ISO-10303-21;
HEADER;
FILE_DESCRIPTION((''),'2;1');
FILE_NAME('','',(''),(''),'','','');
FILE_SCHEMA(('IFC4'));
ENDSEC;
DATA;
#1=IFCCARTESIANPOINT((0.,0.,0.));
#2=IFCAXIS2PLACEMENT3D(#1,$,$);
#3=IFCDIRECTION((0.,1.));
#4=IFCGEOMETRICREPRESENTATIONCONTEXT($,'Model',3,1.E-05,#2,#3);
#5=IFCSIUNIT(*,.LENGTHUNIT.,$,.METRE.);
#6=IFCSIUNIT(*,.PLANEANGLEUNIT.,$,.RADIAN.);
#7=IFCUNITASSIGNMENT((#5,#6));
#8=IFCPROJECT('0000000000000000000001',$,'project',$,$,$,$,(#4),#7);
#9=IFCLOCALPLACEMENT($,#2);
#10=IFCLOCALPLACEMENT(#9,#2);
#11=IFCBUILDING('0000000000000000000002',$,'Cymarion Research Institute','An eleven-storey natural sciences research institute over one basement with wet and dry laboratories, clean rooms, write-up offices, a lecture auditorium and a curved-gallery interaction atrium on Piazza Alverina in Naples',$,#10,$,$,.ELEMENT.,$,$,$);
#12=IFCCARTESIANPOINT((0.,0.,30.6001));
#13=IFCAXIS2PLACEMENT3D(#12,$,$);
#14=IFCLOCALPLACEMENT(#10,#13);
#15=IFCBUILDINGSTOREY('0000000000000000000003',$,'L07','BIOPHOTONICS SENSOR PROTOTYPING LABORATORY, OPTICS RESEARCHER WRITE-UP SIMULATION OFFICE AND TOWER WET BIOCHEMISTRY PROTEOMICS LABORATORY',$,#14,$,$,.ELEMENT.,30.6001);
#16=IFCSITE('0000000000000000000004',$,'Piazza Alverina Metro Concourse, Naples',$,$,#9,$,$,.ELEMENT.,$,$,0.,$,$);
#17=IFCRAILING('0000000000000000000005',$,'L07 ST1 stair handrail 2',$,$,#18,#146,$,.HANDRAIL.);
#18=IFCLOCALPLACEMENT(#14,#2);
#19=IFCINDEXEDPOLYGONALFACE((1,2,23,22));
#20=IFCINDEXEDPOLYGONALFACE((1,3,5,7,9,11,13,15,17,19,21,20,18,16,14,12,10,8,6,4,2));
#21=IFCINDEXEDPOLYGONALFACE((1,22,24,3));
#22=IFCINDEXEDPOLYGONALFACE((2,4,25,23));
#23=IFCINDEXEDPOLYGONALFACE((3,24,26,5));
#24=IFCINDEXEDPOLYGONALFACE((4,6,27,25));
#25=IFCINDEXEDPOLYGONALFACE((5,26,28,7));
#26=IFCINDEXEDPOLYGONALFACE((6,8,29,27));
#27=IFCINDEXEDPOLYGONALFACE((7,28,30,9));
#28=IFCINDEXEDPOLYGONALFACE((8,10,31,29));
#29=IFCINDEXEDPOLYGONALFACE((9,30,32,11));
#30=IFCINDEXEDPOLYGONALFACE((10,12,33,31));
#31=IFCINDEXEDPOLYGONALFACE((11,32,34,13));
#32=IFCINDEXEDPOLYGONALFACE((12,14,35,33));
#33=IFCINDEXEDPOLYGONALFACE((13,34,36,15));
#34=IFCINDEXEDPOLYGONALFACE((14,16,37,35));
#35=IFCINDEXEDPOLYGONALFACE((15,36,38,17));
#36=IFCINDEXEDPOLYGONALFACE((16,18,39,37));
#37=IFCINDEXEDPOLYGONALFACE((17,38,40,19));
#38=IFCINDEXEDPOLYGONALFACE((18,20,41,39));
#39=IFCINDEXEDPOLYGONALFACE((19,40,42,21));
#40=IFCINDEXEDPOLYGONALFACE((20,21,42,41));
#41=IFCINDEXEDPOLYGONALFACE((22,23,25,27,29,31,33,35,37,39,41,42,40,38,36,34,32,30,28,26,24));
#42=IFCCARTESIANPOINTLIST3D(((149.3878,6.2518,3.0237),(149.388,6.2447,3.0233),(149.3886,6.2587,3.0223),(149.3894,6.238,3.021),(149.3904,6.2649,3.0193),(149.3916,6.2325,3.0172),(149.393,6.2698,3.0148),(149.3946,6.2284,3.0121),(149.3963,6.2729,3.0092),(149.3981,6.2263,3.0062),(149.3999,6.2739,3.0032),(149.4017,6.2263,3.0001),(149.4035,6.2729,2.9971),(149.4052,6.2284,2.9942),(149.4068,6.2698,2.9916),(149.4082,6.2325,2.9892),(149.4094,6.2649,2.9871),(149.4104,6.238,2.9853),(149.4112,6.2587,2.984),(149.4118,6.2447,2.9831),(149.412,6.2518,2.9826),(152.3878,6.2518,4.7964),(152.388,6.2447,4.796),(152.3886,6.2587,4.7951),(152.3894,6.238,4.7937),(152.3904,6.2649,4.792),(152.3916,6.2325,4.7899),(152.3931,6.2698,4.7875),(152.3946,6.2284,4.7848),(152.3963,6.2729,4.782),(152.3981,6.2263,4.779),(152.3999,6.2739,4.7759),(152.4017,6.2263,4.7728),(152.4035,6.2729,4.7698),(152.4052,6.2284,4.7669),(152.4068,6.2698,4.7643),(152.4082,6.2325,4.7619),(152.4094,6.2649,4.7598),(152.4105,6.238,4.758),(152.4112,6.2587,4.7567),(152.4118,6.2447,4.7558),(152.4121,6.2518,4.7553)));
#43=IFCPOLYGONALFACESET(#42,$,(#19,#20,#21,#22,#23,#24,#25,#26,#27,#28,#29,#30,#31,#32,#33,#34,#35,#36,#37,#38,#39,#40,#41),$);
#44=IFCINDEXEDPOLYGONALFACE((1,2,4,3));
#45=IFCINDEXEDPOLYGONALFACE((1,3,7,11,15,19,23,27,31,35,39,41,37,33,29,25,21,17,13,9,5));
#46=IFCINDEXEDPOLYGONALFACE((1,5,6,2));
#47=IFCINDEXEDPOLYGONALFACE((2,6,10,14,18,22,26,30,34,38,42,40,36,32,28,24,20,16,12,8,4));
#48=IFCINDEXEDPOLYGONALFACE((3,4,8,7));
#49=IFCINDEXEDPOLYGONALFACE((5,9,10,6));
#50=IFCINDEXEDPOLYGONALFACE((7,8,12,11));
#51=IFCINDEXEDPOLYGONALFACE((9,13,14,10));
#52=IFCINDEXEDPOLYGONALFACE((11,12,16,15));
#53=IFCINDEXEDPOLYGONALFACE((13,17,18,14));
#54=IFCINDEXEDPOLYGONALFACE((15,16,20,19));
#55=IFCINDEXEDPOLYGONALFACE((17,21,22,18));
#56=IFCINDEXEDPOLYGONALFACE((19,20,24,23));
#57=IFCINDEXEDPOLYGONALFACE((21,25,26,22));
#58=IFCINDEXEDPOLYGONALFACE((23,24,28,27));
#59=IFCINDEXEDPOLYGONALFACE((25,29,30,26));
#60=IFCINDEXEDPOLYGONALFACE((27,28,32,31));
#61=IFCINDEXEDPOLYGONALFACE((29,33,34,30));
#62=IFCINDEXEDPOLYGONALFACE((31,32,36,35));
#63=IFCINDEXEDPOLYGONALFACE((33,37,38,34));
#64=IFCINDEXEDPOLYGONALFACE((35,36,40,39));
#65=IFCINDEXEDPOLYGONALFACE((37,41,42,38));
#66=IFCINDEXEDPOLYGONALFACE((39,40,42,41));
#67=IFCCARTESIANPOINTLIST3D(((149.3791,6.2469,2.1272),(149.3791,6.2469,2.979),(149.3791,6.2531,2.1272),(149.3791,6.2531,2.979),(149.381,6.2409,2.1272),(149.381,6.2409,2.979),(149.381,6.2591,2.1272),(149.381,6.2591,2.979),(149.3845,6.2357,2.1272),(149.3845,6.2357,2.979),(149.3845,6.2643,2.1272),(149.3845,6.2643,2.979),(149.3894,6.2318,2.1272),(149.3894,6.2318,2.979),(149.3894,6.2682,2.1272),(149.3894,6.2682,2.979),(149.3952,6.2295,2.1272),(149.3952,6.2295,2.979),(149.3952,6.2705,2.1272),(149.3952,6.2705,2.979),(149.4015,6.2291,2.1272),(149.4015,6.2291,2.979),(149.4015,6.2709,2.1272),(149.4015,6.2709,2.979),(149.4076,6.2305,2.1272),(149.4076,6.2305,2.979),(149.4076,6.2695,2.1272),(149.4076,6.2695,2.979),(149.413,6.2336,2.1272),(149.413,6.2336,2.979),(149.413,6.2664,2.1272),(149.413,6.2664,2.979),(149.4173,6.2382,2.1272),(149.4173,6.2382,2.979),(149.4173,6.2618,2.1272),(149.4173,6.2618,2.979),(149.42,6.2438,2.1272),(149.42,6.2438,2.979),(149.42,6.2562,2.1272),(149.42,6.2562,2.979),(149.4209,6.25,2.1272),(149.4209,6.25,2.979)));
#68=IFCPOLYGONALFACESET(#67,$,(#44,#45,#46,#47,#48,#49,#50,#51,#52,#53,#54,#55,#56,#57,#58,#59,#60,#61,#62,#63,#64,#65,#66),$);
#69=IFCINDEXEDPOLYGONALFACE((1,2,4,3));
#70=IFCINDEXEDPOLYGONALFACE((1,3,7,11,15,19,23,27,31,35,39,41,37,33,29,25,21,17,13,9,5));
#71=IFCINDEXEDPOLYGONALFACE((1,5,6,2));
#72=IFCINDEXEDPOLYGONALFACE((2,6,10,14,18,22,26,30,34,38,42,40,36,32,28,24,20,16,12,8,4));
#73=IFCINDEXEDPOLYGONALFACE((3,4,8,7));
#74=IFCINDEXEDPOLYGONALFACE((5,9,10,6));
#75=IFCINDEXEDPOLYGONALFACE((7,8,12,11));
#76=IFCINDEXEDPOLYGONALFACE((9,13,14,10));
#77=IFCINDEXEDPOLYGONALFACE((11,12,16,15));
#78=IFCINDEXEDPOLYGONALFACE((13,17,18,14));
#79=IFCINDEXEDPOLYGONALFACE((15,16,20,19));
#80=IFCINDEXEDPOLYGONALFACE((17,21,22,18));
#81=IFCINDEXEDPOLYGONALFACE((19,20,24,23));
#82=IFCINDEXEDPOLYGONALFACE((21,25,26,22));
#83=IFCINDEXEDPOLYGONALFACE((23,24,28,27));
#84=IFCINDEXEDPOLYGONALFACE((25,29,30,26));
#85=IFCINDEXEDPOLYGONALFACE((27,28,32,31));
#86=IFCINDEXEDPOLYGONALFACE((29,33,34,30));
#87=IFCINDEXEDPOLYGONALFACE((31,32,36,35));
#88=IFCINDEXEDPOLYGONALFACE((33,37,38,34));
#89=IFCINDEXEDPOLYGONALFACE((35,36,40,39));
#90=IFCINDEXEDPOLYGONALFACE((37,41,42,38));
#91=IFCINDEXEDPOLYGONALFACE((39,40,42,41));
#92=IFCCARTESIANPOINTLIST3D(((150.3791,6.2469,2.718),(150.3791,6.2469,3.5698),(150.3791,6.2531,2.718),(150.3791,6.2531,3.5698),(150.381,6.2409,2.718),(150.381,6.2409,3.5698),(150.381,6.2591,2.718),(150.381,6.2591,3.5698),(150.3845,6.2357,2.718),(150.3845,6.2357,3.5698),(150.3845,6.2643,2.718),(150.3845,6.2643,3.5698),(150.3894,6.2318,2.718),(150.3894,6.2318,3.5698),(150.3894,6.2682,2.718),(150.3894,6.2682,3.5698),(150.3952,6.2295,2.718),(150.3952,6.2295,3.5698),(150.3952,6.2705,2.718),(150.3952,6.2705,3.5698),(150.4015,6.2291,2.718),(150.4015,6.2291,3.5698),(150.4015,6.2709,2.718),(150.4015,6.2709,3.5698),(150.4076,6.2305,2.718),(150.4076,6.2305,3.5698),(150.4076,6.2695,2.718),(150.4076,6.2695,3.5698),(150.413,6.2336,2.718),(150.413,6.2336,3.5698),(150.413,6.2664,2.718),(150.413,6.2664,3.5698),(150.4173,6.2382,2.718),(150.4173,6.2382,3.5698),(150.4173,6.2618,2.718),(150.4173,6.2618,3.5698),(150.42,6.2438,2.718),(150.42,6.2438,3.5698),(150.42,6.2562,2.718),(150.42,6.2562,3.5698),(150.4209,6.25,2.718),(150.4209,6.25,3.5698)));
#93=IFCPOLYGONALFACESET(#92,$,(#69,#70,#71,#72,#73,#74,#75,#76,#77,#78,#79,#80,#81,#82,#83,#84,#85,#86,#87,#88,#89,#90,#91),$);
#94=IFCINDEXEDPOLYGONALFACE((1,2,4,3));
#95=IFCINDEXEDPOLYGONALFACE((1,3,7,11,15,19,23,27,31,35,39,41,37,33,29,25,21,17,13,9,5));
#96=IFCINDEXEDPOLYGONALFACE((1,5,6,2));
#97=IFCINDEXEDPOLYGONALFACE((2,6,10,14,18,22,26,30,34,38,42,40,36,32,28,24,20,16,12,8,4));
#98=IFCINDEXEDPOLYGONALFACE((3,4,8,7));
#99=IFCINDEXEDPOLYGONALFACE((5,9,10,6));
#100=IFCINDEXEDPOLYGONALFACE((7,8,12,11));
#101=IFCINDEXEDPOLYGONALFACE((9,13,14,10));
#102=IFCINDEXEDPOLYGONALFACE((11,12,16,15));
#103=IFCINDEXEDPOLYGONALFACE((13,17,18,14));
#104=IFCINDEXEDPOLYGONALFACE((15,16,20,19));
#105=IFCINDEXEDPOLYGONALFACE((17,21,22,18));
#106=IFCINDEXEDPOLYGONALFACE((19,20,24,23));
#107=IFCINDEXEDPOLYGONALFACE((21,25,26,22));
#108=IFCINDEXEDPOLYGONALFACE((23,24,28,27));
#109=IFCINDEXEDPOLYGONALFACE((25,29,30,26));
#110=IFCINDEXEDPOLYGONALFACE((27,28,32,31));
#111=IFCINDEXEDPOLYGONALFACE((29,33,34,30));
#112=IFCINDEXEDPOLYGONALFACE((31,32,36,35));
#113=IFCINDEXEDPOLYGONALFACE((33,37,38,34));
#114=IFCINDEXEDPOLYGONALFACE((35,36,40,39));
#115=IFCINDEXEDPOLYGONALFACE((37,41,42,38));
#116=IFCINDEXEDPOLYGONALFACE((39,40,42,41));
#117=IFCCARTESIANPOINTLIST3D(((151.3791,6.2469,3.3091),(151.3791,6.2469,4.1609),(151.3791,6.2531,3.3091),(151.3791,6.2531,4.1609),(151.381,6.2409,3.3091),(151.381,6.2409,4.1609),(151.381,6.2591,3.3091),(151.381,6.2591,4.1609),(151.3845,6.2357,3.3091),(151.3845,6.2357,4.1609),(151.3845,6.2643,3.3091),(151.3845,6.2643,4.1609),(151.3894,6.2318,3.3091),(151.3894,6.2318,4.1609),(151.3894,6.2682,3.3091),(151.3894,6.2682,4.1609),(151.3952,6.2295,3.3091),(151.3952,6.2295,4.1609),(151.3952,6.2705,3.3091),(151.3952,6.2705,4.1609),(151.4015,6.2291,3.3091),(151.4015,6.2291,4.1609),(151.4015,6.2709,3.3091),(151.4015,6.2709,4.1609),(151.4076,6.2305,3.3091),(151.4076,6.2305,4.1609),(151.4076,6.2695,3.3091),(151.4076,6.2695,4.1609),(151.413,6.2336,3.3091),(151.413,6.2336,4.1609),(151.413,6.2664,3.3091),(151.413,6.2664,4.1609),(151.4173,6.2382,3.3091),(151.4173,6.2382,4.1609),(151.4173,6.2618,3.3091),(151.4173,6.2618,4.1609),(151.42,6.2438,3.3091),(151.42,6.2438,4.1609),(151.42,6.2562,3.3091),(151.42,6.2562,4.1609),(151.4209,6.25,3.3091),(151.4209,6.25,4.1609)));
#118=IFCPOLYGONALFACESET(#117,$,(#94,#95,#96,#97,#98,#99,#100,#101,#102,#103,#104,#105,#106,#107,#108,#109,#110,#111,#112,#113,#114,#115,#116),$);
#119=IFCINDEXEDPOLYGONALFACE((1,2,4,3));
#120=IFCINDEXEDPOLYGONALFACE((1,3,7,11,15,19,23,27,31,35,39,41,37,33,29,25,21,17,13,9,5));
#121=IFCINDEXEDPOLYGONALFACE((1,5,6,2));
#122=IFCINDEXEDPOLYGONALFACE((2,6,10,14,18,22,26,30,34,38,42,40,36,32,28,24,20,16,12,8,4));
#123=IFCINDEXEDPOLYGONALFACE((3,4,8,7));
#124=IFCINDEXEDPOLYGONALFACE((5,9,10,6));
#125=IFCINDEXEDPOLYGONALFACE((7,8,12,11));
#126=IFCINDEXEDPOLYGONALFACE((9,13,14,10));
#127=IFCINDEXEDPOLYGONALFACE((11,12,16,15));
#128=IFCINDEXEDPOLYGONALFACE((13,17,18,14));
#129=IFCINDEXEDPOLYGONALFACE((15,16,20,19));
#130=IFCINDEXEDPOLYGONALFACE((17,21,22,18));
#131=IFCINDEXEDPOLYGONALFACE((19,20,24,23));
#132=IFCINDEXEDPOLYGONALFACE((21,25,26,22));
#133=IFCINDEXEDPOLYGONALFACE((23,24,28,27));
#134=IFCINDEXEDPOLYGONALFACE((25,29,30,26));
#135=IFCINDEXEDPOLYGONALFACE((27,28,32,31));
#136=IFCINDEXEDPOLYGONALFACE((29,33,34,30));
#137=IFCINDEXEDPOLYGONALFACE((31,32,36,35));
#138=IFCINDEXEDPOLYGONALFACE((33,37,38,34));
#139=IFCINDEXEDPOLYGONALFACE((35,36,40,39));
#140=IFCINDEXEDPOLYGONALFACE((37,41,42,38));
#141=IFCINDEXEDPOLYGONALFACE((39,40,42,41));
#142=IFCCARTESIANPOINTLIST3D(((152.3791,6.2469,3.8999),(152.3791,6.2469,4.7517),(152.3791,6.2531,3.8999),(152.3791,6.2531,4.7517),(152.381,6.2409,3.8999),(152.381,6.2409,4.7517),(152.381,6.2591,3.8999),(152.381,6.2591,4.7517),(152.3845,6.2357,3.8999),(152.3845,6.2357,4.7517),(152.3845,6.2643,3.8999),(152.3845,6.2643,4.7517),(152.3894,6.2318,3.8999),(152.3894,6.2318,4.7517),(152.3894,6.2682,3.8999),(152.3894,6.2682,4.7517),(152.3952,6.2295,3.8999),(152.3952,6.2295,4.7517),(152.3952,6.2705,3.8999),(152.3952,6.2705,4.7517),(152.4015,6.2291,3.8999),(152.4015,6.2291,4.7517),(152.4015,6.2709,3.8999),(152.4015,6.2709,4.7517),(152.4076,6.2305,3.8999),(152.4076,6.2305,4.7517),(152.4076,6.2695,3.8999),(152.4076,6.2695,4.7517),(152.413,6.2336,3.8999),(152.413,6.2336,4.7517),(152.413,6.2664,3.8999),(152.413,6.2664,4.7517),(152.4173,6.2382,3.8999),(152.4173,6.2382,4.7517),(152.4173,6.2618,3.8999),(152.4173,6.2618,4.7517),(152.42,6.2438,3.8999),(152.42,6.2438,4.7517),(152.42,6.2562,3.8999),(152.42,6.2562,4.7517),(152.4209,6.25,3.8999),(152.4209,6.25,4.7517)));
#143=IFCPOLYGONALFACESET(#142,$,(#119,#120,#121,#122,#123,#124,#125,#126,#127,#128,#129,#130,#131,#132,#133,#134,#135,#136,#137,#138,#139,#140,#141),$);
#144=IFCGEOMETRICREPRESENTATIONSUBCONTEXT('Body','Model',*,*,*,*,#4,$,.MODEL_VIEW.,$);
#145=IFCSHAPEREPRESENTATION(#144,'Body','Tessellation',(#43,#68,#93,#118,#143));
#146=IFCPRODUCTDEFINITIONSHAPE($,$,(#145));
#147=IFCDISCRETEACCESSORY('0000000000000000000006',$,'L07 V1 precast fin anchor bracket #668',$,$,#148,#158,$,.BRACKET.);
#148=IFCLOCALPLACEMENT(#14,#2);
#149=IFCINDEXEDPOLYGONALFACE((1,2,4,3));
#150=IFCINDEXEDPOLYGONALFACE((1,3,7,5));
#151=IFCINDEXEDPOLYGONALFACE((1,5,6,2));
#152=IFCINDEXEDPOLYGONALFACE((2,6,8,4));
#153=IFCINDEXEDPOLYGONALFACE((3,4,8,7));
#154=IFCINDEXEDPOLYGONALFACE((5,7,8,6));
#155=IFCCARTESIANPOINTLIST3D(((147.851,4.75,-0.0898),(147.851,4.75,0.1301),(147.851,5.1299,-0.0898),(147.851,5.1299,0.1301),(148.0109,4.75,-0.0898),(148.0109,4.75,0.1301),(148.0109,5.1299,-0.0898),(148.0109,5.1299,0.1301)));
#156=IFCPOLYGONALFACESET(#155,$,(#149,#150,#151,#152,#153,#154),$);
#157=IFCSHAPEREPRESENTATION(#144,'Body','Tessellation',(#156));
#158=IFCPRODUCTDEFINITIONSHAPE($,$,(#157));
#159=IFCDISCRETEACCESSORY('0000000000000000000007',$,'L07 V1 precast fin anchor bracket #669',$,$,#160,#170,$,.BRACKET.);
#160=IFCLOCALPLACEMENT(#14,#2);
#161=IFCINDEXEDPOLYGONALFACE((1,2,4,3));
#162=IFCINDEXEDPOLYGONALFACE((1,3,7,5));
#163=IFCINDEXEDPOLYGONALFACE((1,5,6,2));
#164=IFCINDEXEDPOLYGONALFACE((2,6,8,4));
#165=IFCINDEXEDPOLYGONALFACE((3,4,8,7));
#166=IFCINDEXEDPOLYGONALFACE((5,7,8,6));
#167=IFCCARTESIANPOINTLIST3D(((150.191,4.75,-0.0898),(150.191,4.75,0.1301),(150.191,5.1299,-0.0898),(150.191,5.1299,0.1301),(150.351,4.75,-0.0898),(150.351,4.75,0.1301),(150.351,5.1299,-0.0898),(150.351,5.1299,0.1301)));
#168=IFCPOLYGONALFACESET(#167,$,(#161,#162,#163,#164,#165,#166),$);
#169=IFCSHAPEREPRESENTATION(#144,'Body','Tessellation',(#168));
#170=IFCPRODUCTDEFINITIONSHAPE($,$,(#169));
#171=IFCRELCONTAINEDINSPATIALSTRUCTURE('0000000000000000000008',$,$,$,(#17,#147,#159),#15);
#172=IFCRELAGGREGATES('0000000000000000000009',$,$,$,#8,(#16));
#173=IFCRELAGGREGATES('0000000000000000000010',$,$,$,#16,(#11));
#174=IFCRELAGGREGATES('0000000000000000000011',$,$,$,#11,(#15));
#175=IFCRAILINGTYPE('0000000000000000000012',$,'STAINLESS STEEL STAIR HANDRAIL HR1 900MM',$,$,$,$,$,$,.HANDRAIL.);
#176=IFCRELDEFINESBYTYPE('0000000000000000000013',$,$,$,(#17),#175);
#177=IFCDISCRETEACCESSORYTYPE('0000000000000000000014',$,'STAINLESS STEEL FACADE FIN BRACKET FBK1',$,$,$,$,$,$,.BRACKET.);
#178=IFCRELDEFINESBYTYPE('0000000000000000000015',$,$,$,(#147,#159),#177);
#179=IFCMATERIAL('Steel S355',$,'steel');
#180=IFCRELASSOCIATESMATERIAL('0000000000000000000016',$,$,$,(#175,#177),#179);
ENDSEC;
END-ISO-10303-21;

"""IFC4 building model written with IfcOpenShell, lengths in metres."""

from ifc_helpers import new_model, si_unit, direction, frame, origin, origin_2d, place, context, subcontext, project, spatial, rectangle, circle, extrude, material, type_object, element, save


model = new_model("IFC4")

# Units and contexts
model_context = context("Model", 3, precision=1e-05, world=origin(), true_north=direction((0.0, 1.0)))
body_context = subcontext(model_context, "Body", "Model", "MODEL_VIEW")
ifc_project = project(units=[si_unit("LENGTHUNIT", "METRE"), si_unit("PLANEANGLEUNIT", "RADIAN")], contexts=[model_context])

# Site, building, storey
site_placement = place(None, origin())
site = spatial("IfcSite", under=ifc_project, at=site_placement, Name="Piazza Alverina Metro Concourse, Naples", CompositionType="ELEMENT", RefElevation=0.0)
building_placement = place(site_placement, origin())
building = spatial("IfcBuilding", under=site, at=building_placement, Name="Cymarion Research Institute", Description="An eleven-storey natural sciences research institute over one basement with wet and dry laboratories, clean rooms, write-up offices, a lecture auditorium and a curved-gallery interaction atrium on Piazza Alverina in Naples", CompositionType="ELEMENT")
storey_placement = place(building_placement, frame((0.0, 0.0, 30.6001)))
storey = spatial("IfcBuildingStorey", under=building, at=storey_placement, Name="L07", Description="BIOPHOTONICS SENSOR PROTOTYPING LABORATORY, OPTICS RESEARCHER WRITE-UP SIMULATION OFFICE AND TOWER WET BIOCHEMISTRY PROTEOMICS LABORATORY", CompositionType="ELEMENT", Elevation=30.6001)

# Shared definitions
ifc_material_1 = material(Name="Steel S355", Category="steel")

# Railing
railing_type_1 = type_object("IfcRailingType", Name="STAINLESS STEEL STAIR HANDRAIL HR1 900MM", PredefinedType="HANDRAIL", material=ifc_material_1)
railing_1_placement = place(storey_placement, frame((149.3999, 6.25, 2.1272)))
element("IfcRailing", 1, at=railing_1_placement, inside=storey, type_object=railing_type_1, Name="L07 ST1 stair handrail 2", PredefinedType="HANDRAIL", context=body_context, shape_type="SweptSolid", body=[
    extrude(circle(Radius=0.0239, at=origin_2d()), frame((0.0, 0.0, 0.876), z_axis=(0.860929, 0.0, 0.508725), x_axis=(0.0, 1.0, 0.0)), (0.0, 0.0, 1.0), 3.4846),
    extrude(circle(Radius=0.021, at=origin_2d()), origin(), (0.0, 0.0, 1.0), 0.8518),
    extrude(circle(Radius=0.021, at=origin_2d()), frame((1.0, 0.0, 0.5908)), (0.0, 0.0, 1.0), 0.8518),
    extrude(circle(Radius=0.021, at=origin_2d()), frame((2.0, 0.0, 1.1819)), (0.0, 0.0, 1.0), 0.8518),
    extrude(circle(Radius=0.021, at=origin_2d()), frame((3.0, 0.0, 1.7727)), (0.0, 0.0, 1.0), 0.8518),
])

# Discrete accessories
discrete_accessory_type = type_object("IfcDiscreteAccessoryType", Name="STAINLESS STEEL FACADE FIN BRACKET FBK1", PredefinedType="BRACKET", material=ifc_material_1)
for number, where, z_axis, x_axis, name in (
    (2, (147.9309, 4.9399, -0.0898), (0.0, 0.0, 1.0), (0.0, -1.0, 0.0), "L07 V1 precast fin anchor bracket #668"),
    (3, (150.271, 4.9399, -0.0898), (0.0, 0.0, 1.0), (0.0, -1.0, 0.0), "L07 V1 precast fin anchor bracket #669"),
):
    element("IfcDiscreteAccessory", number, at=place(storey_placement, frame(where, z_axis=z_axis, x_axis=x_axis)), inside=storey, type_object=discrete_accessory_type, Name=name, PredefinedType="BRACKET", context=body_context, shape_type="SweptSolid", body=[
        extrude(rectangle(XDim=0.3799, YDim=0.1599, at=origin_2d()), origin(), (0.0, 0.0, 1.0), 0.22),
    ])

save(model, "model.ifc")
